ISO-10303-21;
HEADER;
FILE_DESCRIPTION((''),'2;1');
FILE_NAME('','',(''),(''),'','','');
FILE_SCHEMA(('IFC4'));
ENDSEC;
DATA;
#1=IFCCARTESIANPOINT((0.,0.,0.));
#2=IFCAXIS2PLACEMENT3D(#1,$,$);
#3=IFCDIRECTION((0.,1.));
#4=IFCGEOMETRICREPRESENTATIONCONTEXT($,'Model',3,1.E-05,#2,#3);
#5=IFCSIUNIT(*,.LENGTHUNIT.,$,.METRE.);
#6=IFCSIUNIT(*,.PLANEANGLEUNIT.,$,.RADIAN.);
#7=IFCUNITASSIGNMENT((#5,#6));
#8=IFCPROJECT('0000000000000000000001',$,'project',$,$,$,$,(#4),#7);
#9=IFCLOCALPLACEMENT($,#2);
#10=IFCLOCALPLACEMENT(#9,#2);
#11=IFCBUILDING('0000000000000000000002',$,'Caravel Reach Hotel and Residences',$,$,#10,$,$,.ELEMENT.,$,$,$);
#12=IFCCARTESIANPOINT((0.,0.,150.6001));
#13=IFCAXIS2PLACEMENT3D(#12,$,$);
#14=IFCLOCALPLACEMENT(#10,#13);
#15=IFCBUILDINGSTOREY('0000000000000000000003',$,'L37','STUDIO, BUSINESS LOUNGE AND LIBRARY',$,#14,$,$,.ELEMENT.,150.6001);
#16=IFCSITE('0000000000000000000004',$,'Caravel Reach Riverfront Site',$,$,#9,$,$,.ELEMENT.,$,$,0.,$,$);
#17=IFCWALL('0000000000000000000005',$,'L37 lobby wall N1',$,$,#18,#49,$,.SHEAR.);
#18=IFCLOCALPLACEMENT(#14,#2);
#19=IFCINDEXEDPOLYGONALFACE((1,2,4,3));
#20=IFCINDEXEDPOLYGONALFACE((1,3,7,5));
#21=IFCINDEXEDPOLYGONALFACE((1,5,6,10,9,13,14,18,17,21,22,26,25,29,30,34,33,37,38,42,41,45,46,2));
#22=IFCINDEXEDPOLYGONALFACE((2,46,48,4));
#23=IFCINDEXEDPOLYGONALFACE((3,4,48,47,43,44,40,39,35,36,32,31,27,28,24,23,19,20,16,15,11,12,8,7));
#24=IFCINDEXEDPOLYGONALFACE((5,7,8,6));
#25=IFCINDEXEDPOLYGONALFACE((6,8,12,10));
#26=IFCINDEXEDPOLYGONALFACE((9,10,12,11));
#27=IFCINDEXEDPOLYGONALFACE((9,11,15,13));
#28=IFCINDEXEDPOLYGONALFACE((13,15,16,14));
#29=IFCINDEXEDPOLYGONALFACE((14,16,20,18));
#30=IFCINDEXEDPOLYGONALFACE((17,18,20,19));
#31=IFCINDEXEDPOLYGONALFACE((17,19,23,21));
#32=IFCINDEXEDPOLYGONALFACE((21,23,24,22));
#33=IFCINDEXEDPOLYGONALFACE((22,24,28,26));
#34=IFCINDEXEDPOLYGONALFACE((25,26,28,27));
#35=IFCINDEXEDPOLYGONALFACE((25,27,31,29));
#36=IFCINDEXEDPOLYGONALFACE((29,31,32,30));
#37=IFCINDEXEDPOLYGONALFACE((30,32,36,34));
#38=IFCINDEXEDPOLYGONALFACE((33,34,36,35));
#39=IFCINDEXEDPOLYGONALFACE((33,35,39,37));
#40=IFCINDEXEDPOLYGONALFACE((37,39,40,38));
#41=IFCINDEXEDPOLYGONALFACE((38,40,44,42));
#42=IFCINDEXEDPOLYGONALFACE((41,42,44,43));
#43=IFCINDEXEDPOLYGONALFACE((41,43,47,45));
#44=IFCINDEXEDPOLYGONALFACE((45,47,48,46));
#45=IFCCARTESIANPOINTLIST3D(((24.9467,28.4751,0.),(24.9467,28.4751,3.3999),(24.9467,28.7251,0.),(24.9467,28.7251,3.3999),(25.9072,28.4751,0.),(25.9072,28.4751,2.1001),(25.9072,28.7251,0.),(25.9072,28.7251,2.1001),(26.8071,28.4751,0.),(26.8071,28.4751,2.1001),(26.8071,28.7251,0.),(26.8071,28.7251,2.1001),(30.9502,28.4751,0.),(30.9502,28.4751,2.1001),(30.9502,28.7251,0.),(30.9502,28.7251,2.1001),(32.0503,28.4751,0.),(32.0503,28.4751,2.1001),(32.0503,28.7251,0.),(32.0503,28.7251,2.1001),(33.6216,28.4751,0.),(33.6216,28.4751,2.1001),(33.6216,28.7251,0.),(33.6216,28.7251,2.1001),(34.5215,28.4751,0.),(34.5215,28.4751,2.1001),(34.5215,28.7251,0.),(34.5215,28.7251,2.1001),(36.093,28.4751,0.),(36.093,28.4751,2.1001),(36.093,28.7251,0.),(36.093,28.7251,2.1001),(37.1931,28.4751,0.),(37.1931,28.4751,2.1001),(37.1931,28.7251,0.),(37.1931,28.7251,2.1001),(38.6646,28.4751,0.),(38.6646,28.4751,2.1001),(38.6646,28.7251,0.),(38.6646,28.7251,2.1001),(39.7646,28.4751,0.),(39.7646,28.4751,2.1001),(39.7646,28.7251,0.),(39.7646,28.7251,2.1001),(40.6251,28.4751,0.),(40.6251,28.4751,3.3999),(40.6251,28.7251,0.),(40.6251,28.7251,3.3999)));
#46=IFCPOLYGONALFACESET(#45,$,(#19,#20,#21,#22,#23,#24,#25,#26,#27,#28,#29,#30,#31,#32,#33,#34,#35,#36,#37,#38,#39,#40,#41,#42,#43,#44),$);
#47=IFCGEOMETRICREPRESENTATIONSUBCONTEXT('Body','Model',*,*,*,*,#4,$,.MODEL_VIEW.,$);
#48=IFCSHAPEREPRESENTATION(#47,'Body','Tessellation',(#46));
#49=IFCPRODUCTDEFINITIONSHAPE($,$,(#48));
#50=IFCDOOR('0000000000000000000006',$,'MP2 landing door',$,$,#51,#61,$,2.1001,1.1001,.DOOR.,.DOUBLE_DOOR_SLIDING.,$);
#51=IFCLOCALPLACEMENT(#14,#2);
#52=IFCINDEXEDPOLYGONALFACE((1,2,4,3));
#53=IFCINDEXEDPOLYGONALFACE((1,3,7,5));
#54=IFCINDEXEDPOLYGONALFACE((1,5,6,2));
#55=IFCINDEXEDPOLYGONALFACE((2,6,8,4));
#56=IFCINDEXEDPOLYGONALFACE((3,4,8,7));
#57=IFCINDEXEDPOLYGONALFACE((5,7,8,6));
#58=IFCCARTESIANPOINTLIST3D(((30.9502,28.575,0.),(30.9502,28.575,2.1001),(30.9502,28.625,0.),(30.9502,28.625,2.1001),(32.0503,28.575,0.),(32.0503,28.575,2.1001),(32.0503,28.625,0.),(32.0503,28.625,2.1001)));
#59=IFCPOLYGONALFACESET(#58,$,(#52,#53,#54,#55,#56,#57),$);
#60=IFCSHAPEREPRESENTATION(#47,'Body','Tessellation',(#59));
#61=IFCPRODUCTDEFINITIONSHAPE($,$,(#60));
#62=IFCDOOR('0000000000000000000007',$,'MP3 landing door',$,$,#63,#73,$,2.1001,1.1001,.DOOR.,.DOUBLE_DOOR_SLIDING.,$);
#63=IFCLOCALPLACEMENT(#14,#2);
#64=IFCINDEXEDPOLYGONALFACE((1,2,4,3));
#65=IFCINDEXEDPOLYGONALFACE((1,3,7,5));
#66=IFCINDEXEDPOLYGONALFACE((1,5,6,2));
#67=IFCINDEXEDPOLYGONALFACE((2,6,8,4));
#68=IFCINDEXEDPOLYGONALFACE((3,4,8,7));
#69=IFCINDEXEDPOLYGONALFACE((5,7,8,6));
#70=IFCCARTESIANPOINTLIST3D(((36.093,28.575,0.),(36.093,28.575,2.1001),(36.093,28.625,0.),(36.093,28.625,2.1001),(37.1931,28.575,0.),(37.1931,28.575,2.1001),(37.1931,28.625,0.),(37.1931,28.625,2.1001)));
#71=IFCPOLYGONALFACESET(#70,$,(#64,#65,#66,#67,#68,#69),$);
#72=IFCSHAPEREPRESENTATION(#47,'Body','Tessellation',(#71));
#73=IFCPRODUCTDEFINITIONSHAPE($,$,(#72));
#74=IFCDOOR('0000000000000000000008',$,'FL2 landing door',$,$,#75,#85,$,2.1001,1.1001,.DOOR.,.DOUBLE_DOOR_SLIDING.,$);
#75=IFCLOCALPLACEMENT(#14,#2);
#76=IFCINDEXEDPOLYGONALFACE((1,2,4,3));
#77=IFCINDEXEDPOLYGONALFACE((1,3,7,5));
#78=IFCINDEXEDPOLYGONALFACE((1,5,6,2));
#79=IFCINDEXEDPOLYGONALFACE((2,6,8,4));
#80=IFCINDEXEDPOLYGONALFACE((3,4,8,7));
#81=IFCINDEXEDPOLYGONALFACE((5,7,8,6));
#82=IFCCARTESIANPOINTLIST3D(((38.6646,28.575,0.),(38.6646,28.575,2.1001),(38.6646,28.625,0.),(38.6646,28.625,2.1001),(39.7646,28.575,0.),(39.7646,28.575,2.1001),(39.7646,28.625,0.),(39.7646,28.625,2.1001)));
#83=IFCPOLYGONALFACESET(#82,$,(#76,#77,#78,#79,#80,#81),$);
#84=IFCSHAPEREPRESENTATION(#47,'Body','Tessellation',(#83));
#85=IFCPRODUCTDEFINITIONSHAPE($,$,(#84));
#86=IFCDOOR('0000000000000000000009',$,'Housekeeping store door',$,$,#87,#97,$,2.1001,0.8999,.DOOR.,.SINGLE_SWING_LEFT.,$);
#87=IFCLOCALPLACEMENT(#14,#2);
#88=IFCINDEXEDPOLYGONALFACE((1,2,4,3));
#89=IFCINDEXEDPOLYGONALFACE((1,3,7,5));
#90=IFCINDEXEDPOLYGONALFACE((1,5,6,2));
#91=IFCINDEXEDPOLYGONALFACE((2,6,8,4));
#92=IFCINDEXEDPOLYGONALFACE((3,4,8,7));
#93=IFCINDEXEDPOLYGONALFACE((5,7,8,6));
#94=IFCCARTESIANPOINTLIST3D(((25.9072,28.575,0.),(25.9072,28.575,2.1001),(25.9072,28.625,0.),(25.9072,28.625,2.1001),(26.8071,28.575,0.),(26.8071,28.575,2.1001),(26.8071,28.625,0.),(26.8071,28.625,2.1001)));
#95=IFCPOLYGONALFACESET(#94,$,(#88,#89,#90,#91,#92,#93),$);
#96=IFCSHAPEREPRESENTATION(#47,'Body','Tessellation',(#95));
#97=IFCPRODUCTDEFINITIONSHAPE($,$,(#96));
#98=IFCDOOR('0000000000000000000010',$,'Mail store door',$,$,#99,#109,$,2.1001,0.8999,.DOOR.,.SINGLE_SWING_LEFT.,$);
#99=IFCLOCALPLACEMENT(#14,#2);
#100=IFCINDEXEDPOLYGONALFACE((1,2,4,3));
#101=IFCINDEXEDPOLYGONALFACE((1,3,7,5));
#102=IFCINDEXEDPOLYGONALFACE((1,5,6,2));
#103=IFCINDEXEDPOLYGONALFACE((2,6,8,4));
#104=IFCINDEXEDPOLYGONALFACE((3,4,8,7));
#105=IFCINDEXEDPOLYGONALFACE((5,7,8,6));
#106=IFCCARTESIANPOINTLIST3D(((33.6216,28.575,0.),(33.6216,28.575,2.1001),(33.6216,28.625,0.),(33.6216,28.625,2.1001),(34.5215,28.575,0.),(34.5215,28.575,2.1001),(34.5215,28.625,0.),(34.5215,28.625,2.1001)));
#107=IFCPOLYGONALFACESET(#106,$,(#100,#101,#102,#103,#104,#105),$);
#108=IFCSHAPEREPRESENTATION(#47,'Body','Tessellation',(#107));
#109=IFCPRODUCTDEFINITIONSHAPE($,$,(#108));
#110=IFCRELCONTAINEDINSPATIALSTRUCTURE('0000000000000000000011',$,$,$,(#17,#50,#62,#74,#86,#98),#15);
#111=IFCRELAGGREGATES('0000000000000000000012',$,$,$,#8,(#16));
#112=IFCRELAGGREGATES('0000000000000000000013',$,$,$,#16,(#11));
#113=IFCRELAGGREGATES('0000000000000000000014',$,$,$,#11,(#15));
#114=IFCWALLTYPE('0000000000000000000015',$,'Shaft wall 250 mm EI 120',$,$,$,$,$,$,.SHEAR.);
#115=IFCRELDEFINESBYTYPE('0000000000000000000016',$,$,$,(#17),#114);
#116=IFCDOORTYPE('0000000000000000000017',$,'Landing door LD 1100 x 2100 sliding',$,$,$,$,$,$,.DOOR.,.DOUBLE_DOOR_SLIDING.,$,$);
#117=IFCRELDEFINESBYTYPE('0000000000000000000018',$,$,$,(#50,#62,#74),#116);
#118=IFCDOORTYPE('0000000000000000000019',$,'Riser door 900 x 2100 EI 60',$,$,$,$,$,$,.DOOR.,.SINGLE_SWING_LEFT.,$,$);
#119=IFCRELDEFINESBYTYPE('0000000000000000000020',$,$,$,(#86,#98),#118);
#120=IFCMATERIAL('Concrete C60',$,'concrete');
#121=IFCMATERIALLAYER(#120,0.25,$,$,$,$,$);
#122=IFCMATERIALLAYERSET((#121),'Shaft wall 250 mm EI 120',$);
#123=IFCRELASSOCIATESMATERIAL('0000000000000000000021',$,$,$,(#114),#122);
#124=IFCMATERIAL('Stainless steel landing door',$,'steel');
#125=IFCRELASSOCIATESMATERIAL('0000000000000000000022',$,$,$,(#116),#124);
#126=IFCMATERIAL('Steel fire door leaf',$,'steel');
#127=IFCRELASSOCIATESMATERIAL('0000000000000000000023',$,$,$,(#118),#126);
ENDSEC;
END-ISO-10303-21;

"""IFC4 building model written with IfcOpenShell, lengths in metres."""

from ifc_helpers import new_model, si_unit, direction, frame, frame_2d, origin, place, context, subcontext, project, spatial, rectangle, extrude, material, layer, layer_set, type_object, element, fill, save


model = new_model("IFC4")

# Units and contexts
model_context = context("Model", 3, precision=1e-05, world=origin(), true_north=direction((0.0, 1.0)))
body_context = subcontext(model_context, "Body", "Model", "MODEL_VIEW")
ifc_project = project(units=[si_unit("LENGTHUNIT", "METRE"), si_unit("PLANEANGLEUNIT", "RADIAN")], contexts=[model_context])

# Site, building, storey
site_placement = place(None, origin())
site = spatial("IfcSite", under=ifc_project, at=site_placement, Name="Caravel Reach Riverfront Site", CompositionType="ELEMENT", RefElevation=0.0)
building_placement = place(site_placement, origin())
building = spatial("IfcBuilding", under=site, at=building_placement, Name="Caravel Reach Hotel and Residences", CompositionType="ELEMENT")
storey_placement = place(building_placement, frame((0.0, 0.0, 150.6001)))
storey = spatial("IfcBuildingStorey", under=building, at=storey_placement, Name="L37", Description="STUDIO, BUSINESS LOUNGE AND LIBRARY", CompositionType="ELEMENT", Elevation=150.6001)

# Wall, openings, doors
ifc_material_1 = material(Name="Concrete C60", Category="concrete")
ifc_layer_1 = layer(ifc_material_1, 0.25)
ifc_layer_set_1 = layer_set([ifc_layer_1], Name="Shaft wall 250 mm EI 120")
wall_type_1 = type_object("IfcWallType", Name="Shaft wall 250 mm EI 120", PredefinedType="SHEAR", material=ifc_layer_set_1)
ifc_material_2 = material(Name="Stainless steel landing door", Category="steel")
door_type_1 = type_object("IfcDoorType", Name="Landing door LD 1100 x 2100 sliding", OperationType="DOUBLE_DOOR_SLIDING", PredefinedType="DOOR", material=ifc_material_2)
ifc_material_3 = material(Name="Steel fire door leaf", Category="steel")
door_type_2 = type_object("IfcDoorType", Name="Riser door 900 x 2100 EI 60", OperationType="SINGLE_SWING_LEFT", PredefinedType="DOOR", material=ifc_material_3)
wall_1_placement = place(storey_placement, frame((24.9465, 28.6001, 0.0), z_axis=(0.0, 0.0, 1.0), x_axis=(1.0, 0.0, 0.0)))
wall_1 = element("IfcWall", 1, at=wall_1_placement, inside=storey, type_object=wall_type_1, Name="L37 lobby wall N1", PredefinedType="SHEAR", context=body_context, shape_type="SweptSolid", body=[
    extrude(rectangle(XDim=15.6785, YDim=0.25, at=frame_2d((7.8394, 0.0))), origin(), (0.0, 0.0, 1.0), 3.3999),
])
opening_1_placement = place(wall_1_placement, frame((6.0037, 0.0, 0.0)))
opening_1 = element("IfcOpeningElement", 2, at=opening_1_placement, cuts=wall_1, PredefinedType="OPENING", context=body_context, shape_type="SweptSolid", body=[
    extrude(rectangle(XDim=1.1001, YDim=2.1001, at=frame_2d((0.55, 1.05))), frame((0.0, 0.135, 0.0), z_axis=(0.0, -1.0, 0.0), x_axis=(1.0, 0.0, 0.0)), (0.0, 0.0, 1.0), 0.27),
])
opening_2_placement = place(wall_1_placement, frame((11.1465, 0.0, 0.0)))
opening_2 = element("IfcOpeningElement", 3, at=opening_2_placement, cuts=wall_1, PredefinedType="OPENING", context=body_context, shape_type="SweptSolid", body=[
    extrude(rectangle(XDim=1.1001, YDim=2.1001, at=frame_2d((0.55, 1.05))), frame((0.0, 0.135, 0.0), z_axis=(0.0, -1.0, 0.0), x_axis=(1.0, 0.0, 0.0)), (0.0, 0.0, 1.0), 0.27),
])
opening_3_placement = place(wall_1_placement, frame((13.718, 0.0, 0.0)))
opening_3 = element("IfcOpeningElement", 4, at=opening_3_placement, cuts=wall_1, PredefinedType="OPENING", context=body_context, shape_type="SweptSolid", body=[
    extrude(rectangle(XDim=1.1001, YDim=2.1001, at=frame_2d((0.55, 1.05))), frame((0.0, 0.135, 0.0), z_axis=(0.0, -1.0, 0.0), x_axis=(1.0, 0.0, 0.0)), (0.0, 0.0, 1.0), 0.27),
])
opening_4_placement = place(wall_1_placement, frame((0.9607, 0.0, 0.0)))
opening_4 = element("IfcOpeningElement", 5, at=opening_4_placement, cuts=wall_1, PredefinedType="OPENING", context=body_context, shape_type="SweptSolid", body=[
    extrude(rectangle(XDim=0.8999, YDim=2.1001, at=frame_2d((0.45, 1.05))), frame((0.0, 0.135, 0.0), z_axis=(0.0, -1.0, 0.0), x_axis=(1.0, 0.0, 0.0)), (0.0, 0.0, 1.0), 0.27),
])
opening_5_placement = place(wall_1_placement, frame((8.675, 0.0, 0.0)))
opening_5 = element("IfcOpeningElement", 6, at=opening_5_placement, cuts=wall_1, PredefinedType="OPENING", context=body_context, shape_type="SweptSolid", body=[
    extrude(rectangle(XDim=0.8999, YDim=2.1001, at=frame_2d((0.45, 1.05))), frame((0.0, 0.135, 0.0), z_axis=(0.0, -1.0, 0.0), x_axis=(1.0, 0.0, 0.0)), (0.0, 0.0, 1.0), 0.27),
])
door_1_placement = place(opening_1_placement, origin())
door_1 = element("IfcDoor", 7, at=door_1_placement, inside=storey, type_object=door_type_1, Name="MP2 landing door", OperationType="DOUBLE_DOOR_SLIDING", OverallHeight=2.1001, OverallWidth=1.1001, PredefinedType="DOOR", context=body_context, shape_type="SweptSolid", body=[
    extrude(rectangle(XDim=1.1001, YDim=2.1001, at=frame_2d((0.55, 1.05))), frame((0.0, 0.0249, 0.0), z_axis=(0.0, -1.0, 0.0), x_axis=(1.0, 0.0, 0.0)), (0.0, 0.0, 1.0), 0.05),
])
fill(opening_1, door_1)
door_2_placement = place(opening_2_placement, origin())
door_2 = element("IfcDoor", 8, at=door_2_placement, inside=storey, type_object=door_type_1, Name="MP3 landing door", OperationType="DOUBLE_DOOR_SLIDING", OverallHeight=2.1001, OverallWidth=1.1001, PredefinedType="DOOR", context=body_context, shape_type="SweptSolid", body=[
    extrude(rectangle(XDim=1.1001, YDim=2.1001, at=frame_2d((0.55, 1.05))), frame((0.0, 0.0249, 0.0), z_axis=(0.0, -1.0, 0.0), x_axis=(1.0, 0.0, 0.0)), (0.0, 0.0, 1.0), 0.05),
])
fill(opening_2, door_2)
door_3_placement = place(opening_3_placement, origin())
door_3 = element("IfcDoor", 9, at=door_3_placement, inside=storey, type_object=door_type_1, Name="FL2 landing door", OperationType="DOUBLE_DOOR_SLIDING", OverallHeight=2.1001, OverallWidth=1.1001, PredefinedType="DOOR", context=body_context, shape_type="SweptSolid", body=[
    extrude(rectangle(XDim=1.1001, YDim=2.1001, at=frame_2d((0.55, 1.05))), frame((0.0, 0.0249, 0.0), z_axis=(0.0, -1.0, 0.0), x_axis=(1.0, 0.0, 0.0)), (0.0, 0.0, 1.0), 0.05),
])
fill(opening_3, door_3)
door_4_placement = place(opening_4_placement, origin())
door_4 = element("IfcDoor", 10, at=door_4_placement, inside=storey, type_object=door_type_2, Name="Housekeeping store door", OperationType="SINGLE_SWING_LEFT", OverallHeight=2.1001, OverallWidth=0.8999, PredefinedType="DOOR", context=body_context, shape_type="SweptSolid", body=[
    extrude(rectangle(XDim=0.8999, YDim=2.1001, at=frame_2d((0.45, 1.05))), frame((0.0, 0.0249, 0.0), z_axis=(0.0, -1.0, 0.0), x_axis=(1.0, 0.0, 0.0)), (0.0, 0.0, 1.0), 0.05),
])
fill(opening_4, door_4)
door_5_placement = place(opening_5_placement, origin())
door_5 = element("IfcDoor", 11, at=door_5_placement, inside=storey, type_object=door_type_2, Name="Mail store door", OperationType="SINGLE_SWING_LEFT", OverallHeight=2.1001, OverallWidth=0.8999, PredefinedType="DOOR", context=body_context, shape_type="SweptSolid", body=[
    extrude(rectangle(XDim=0.8999, YDim=2.1001, at=frame_2d((0.45, 1.05))), frame((0.0, 0.0249, 0.0), z_axis=(0.0, -1.0, 0.0), x_axis=(1.0, 0.0, 0.0)), (0.0, 0.0, 1.0), 0.05),
])
fill(opening_5, door_5)

save(model, "model.ifc")
